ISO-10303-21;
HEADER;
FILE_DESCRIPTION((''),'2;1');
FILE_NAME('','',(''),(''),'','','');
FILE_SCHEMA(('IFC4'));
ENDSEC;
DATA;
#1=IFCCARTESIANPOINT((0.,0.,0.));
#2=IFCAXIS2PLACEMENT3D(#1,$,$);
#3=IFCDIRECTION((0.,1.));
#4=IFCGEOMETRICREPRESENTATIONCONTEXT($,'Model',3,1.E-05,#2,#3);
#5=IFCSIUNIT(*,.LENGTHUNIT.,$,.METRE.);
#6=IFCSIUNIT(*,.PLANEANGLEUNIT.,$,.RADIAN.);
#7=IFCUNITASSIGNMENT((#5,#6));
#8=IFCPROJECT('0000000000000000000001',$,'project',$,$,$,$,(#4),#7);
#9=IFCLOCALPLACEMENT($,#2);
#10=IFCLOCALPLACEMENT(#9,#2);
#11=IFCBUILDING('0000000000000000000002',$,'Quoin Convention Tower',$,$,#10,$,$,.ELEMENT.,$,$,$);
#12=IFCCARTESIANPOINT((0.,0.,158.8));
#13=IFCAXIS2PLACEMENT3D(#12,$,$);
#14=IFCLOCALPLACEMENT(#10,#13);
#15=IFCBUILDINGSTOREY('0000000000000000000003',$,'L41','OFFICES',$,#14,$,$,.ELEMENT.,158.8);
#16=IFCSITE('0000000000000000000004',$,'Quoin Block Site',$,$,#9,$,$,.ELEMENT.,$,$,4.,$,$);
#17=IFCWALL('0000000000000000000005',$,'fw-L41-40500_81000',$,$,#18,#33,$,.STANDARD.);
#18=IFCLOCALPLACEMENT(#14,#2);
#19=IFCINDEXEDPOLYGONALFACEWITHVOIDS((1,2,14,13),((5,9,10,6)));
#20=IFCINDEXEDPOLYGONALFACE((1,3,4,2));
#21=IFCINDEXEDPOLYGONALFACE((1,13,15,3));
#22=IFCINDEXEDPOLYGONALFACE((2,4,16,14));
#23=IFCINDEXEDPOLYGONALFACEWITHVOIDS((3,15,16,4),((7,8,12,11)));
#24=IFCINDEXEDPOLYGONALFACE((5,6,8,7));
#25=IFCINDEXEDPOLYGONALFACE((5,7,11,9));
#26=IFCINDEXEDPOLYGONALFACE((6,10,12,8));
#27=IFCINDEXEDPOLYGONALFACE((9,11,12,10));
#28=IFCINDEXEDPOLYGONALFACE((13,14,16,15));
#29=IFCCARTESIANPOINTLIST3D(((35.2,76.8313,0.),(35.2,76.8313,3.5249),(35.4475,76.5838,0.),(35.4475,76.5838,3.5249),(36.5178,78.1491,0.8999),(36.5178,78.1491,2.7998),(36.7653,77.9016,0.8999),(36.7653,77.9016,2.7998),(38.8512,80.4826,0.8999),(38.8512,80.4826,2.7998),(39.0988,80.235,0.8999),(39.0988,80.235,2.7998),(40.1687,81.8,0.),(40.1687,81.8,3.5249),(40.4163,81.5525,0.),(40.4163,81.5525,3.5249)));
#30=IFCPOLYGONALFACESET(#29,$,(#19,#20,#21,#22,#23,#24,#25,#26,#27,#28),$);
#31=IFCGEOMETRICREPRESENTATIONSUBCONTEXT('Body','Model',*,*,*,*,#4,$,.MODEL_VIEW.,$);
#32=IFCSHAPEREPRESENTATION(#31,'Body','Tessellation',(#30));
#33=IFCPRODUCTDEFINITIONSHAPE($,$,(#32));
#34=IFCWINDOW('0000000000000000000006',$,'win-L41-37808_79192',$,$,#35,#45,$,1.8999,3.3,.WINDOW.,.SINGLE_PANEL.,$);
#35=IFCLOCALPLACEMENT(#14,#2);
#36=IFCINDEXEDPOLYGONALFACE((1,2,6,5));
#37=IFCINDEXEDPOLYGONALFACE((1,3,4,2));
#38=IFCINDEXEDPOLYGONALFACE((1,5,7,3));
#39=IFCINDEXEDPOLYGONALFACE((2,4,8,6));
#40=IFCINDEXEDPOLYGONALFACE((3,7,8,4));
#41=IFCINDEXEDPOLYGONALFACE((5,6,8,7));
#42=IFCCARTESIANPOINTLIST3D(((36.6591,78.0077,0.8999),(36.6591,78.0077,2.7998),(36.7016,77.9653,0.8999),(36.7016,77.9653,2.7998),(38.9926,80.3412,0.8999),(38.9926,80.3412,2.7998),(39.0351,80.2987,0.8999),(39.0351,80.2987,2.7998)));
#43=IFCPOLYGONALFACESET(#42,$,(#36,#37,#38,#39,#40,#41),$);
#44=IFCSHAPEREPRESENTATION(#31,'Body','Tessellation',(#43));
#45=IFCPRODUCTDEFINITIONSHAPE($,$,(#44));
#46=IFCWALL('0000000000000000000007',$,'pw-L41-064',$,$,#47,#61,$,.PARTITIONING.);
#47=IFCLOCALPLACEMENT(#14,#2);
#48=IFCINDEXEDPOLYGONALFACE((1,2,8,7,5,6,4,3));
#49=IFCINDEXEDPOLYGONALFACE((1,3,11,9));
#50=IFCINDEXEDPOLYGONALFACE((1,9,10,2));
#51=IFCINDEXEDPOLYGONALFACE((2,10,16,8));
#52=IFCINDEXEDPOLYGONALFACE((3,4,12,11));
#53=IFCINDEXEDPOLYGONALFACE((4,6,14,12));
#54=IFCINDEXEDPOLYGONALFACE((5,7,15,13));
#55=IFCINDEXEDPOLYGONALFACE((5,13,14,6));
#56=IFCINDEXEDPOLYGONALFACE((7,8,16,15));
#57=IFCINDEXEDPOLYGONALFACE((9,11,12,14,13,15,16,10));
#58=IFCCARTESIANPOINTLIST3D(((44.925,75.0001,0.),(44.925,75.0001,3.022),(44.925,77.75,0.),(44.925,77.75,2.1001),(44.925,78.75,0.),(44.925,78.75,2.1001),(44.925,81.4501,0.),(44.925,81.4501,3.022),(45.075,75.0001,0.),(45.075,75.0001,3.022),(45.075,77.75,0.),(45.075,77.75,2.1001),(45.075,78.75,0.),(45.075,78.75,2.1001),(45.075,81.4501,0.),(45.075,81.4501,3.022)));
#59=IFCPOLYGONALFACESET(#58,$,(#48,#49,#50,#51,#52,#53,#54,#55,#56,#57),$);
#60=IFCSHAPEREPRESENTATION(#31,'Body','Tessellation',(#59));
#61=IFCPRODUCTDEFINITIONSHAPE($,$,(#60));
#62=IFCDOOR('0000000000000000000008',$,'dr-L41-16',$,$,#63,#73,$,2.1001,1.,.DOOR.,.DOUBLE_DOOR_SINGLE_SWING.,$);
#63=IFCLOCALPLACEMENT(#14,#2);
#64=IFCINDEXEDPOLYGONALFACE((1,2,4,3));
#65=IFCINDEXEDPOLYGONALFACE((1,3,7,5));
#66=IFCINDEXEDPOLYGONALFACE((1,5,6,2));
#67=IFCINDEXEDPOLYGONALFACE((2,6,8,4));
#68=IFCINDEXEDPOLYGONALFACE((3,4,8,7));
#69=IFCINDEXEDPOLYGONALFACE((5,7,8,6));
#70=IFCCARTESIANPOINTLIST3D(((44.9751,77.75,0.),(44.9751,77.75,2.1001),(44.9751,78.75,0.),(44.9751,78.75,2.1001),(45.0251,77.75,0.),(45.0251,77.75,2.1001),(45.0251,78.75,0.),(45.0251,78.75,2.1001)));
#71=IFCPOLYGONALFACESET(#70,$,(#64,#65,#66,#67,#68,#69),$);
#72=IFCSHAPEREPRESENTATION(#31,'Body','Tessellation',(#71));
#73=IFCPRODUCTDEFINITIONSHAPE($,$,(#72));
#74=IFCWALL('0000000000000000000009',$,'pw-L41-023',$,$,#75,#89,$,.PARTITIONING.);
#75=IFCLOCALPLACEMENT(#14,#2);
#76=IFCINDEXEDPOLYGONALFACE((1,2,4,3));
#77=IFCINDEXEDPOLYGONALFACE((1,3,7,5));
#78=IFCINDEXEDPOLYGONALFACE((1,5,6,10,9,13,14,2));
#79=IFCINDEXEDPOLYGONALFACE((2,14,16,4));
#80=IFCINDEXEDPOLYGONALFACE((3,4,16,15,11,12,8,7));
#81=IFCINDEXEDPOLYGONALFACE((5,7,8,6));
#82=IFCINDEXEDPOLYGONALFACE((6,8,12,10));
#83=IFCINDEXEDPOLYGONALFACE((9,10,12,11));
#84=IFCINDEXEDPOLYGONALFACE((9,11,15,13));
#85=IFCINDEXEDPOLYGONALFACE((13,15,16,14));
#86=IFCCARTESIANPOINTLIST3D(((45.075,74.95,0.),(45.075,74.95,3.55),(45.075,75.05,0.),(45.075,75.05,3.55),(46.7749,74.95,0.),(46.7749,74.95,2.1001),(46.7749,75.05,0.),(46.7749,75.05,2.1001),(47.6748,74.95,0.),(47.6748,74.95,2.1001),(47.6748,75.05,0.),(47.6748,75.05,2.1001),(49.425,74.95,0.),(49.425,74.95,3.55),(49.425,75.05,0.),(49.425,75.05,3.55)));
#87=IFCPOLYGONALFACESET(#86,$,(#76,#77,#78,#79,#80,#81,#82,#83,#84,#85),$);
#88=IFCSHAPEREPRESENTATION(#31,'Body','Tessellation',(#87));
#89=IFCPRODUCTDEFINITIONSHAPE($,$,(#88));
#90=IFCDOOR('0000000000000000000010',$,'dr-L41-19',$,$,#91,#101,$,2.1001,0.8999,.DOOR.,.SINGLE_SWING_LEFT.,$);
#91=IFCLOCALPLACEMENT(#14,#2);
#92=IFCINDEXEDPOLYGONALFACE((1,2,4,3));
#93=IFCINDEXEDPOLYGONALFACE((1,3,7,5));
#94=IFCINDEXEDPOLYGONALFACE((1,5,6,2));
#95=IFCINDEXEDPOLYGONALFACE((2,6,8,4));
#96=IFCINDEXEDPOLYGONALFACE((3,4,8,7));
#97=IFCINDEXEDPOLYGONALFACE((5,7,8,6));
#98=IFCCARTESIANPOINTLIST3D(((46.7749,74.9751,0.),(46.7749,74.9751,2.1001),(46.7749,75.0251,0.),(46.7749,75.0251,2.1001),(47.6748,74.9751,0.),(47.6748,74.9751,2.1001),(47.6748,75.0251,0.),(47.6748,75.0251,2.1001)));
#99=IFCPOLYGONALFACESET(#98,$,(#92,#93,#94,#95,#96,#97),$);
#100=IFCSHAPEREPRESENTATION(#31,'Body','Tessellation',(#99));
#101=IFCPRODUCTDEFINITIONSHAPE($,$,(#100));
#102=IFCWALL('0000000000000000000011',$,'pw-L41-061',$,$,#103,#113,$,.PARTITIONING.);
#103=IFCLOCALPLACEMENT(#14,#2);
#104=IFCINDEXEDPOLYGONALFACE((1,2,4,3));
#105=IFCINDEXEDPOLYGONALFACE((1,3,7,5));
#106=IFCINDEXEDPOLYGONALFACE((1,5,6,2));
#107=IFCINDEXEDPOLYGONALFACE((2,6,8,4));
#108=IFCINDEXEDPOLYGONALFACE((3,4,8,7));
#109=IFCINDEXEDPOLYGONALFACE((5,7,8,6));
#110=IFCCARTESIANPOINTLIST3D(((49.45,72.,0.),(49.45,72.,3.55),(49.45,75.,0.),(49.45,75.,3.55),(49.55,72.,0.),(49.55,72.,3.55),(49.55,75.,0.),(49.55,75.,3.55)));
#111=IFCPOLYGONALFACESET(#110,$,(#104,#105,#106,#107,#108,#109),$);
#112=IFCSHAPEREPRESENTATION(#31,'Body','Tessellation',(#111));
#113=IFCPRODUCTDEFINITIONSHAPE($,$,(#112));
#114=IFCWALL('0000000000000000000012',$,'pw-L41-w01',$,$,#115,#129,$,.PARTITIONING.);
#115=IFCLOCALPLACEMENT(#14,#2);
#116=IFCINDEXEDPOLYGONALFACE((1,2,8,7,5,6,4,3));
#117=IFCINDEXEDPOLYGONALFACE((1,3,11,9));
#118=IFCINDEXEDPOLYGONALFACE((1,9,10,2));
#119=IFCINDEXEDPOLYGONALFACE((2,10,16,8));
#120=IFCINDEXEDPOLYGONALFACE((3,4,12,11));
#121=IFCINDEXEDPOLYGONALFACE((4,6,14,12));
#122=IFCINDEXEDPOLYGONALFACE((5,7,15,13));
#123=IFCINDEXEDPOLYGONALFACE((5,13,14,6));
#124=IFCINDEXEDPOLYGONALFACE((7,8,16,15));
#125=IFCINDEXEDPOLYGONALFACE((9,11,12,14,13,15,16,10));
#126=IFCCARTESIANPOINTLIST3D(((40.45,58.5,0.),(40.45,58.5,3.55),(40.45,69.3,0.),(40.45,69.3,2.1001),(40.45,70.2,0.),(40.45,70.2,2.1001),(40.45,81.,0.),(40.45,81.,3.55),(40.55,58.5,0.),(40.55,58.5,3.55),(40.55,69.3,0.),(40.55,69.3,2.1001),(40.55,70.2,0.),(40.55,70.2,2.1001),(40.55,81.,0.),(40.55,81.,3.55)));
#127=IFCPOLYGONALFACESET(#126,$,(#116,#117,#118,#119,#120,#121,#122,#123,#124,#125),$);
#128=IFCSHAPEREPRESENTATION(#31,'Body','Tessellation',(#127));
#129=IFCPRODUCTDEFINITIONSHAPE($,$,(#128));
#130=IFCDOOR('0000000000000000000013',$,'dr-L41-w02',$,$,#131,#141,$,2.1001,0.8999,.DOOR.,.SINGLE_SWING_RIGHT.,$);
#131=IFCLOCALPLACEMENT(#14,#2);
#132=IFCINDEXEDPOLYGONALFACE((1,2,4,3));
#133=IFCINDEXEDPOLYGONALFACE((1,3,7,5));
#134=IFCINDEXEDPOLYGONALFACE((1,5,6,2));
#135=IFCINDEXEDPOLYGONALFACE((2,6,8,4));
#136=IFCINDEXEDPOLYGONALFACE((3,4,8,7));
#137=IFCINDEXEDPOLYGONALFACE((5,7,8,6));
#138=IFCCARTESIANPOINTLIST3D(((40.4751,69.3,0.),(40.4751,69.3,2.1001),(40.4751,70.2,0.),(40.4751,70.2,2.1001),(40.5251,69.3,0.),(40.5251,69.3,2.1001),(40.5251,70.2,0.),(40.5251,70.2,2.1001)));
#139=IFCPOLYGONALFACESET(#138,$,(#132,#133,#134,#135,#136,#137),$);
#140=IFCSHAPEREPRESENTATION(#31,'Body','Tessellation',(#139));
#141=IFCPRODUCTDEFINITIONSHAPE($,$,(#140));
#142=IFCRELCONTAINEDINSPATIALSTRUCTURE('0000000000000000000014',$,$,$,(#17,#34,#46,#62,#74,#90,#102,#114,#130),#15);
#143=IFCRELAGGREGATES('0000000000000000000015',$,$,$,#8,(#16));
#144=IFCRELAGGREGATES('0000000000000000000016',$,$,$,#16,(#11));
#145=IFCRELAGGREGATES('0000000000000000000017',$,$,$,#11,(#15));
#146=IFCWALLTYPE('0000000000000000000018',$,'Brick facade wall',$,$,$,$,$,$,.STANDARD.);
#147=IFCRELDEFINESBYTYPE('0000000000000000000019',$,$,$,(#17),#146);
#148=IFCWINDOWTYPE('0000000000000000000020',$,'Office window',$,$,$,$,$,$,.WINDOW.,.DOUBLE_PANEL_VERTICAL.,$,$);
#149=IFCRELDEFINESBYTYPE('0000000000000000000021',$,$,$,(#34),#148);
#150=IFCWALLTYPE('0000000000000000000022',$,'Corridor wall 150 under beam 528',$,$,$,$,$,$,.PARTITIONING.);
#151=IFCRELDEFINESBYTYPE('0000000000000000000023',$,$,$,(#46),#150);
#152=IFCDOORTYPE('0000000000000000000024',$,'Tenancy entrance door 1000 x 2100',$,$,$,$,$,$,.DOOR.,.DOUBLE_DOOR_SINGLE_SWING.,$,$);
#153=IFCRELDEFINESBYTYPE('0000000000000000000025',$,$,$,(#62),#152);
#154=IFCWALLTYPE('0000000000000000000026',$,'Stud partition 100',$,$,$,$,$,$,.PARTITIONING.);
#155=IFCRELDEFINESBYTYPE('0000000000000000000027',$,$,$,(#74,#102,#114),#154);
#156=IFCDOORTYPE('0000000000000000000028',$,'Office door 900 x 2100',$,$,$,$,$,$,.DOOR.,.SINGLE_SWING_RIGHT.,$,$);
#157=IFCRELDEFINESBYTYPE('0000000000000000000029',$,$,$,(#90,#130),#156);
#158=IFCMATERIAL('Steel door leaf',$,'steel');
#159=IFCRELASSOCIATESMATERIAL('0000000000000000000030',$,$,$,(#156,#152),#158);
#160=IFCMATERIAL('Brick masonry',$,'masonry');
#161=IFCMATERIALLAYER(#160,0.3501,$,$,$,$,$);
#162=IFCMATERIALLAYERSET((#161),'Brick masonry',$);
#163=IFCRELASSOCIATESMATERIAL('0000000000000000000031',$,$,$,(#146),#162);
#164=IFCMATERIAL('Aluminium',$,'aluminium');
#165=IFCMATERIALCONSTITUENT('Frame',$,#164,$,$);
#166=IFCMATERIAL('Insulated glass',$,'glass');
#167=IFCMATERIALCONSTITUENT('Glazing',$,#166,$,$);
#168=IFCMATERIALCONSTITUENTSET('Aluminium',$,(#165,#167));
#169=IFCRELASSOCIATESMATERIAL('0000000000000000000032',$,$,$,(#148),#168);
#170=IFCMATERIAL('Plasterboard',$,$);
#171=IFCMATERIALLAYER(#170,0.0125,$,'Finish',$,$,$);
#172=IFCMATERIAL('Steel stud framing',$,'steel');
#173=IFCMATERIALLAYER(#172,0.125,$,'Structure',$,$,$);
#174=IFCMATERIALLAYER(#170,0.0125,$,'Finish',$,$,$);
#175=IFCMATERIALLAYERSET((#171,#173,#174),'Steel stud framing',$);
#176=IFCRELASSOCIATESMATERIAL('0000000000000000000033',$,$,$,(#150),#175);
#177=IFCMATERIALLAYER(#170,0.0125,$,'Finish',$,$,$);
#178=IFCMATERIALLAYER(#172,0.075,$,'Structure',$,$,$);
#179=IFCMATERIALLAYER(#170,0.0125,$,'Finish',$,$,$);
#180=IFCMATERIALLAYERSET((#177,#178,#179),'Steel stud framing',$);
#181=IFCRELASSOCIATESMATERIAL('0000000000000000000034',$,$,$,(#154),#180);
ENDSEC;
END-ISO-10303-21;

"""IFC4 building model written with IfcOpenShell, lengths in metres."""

from ifc_helpers import new_model, si_unit, direction, frame, frame_2d, origin, place, context, subcontext, project, spatial, rectangle, extrude, material, layer, layer_set, constituent, constituent_set, type_object, element, fill, save


model = new_model("IFC4")

# Units and contexts
model_context = context("Model", 3, precision=1e-05, world=origin(), true_north=direction((0.0, 1.0)))
body_context = subcontext(model_context, "Body", "Model", "MODEL_VIEW")
ifc_project = project(units=[si_unit("LENGTHUNIT", "METRE"), si_unit("PLANEANGLEUNIT", "RADIAN")], contexts=[model_context])

# Site, building, storey
site_placement = place(None, origin())
site = spatial("IfcSite", under=ifc_project, at=site_placement, Name="Quoin Block Site", CompositionType="ELEMENT", RefElevation=4.0)
building_placement = place(site_placement, origin())
building = spatial("IfcBuilding", under=site, at=building_placement, Name="Quoin Convention Tower", CompositionType="ELEMENT")
storey_placement = place(building_placement, frame((0.0, 0.0, 158.8)))
storey = spatial("IfcBuildingStorey", under=building, at=storey_placement, Name="L41", Description="OFFICES", CompositionType="ELEMENT", Elevation=158.8)

# Shared definitions
ifc_material_1 = material(Name="Plasterboard")
ifc_material_2 = material(Name="Steel stud framing", Category="steel")
ifc_material_3 = material(Name="Steel door leaf", Category="steel")
door_type_1 = type_object("IfcDoorType", Name="Office door 900 x 2100", OperationType="SINGLE_SWING_RIGHT", PredefinedType="DOOR", material=ifc_material_3)

# Wall, opening, window
ifc_material_4 = material(Name="Brick masonry", Category="masonry")
ifc_layer_1 = layer(ifc_material_4, 0.3501)
ifc_layer_set_1 = layer_set([ifc_layer_1], Name="Brick masonry")
wall_type_1 = type_object("IfcWallType", Name="Brick facade wall", PredefinedType="STANDARD", material=ifc_layer_set_1)
wall_1_placement = place(storey_placement, frame((40.2925, 81.6763, 0.0), z_axis=(0.0, 0.0, 1.0), x_axis=(-0.707107, -0.707107, 0.0)))
wall_1 = element("IfcWall", 1, at=wall_1_placement, inside=storey, type_object=wall_type_1, Name="fw-L41-40500_81000", PredefinedType="STANDARD", context=body_context, shape_type="SweptSolid", body=[
    extrude(rectangle(XDim=7.0269, YDim=0.3501, at=frame_2d((3.5134, 0.0))), origin(), (0.0, 0.0, 1.0), 3.5249),
])
opening_1_placement = place(wall_1_placement, frame((1.8633, 0.0, 0.8999)))
opening_1 = element("IfcOpeningElement", 2, at=opening_1_placement, cuts=wall_1, PredefinedType="OPENING", context=body_context, shape_type="SweptSolid", body=[
    extrude(rectangle(XDim=3.3, YDim=1.8999, at=frame_2d((1.6499, 0.95))), frame((0.0, 0.1851, 0.0), z_axis=(0.0, -1.0, 0.0), x_axis=(1.0, 0.0, 0.0)), (0.0, 0.0, 1.0), 0.3701),
])
ifc_material_5 = material(Name="Aluminium", Category="aluminium")
ifc_constituent_1 = constituent(ifc_material_5, Name="Frame")
ifc_material_6 = material(Name="Insulated glass", Category="glass")
ifc_constituent_2 = constituent(ifc_material_6, Name="Glazing")
ifc_constituent_set = constituent_set(constituents=[ifc_constituent_1, ifc_constituent_2], Name="Aluminium")
window_type = type_object("IfcWindowType", Name="Office window", PartitioningType="DOUBLE_PANEL_VERTICAL", PredefinedType="WINDOW", material=ifc_constituent_set)
window_placement = place(opening_1_placement, origin())
window = element("IfcWindow", 3, at=window_placement, inside=storey, type_object=window_type, Name="win-L41-37808_79192", OverallHeight=1.8999, OverallWidth=3.3, PartitioningType="SINGLE_PANEL", PredefinedType="WINDOW", context=body_context, shape_type="SweptSolid", body=[
    extrude(rectangle(XDim=3.3, YDim=1.8999, at=frame_2d((1.6499, 0.95))), frame((0.0, 0.085, 0.0), z_axis=(0.0, -1.0, 0.0), x_axis=(1.0, 0.0, 0.0)), (0.0, 0.0, 1.0), 0.0601),
])
fill(opening_1, window)

# Walls, openings, doors
ifc_layer_2 = layer(ifc_material_1, 0.0125, Name="Finish")
ifc_layer_3 = layer(ifc_material_2, 0.125, Name="Structure")
ifc_layer_4 = layer(ifc_material_1, 0.0125, Name="Finish")
ifc_layer_set_2 = layer_set([ifc_layer_2, ifc_layer_3, ifc_layer_4], Name="Steel stud framing")
wall_type_2 = type_object("IfcWallType", Name="Corridor wall 150 under beam 528", PredefinedType="PARTITIONING", material=ifc_layer_set_2)
wall_2_placement = place(storey_placement, frame((45.0, 75.0, 0.0), z_axis=(0.0, 0.0, 1.0), x_axis=(0.0, 1.0, 0.0)))
wall_2 = element("IfcWall", 4, at=wall_2_placement, inside=storey, type_object=wall_type_2, Name="pw-L41-064", PredefinedType="PARTITIONING", context=body_context, shape_type="SweptSolid", body=[
    extrude(rectangle(XDim=6.45, YDim=0.1499, at=frame_2d((3.2251, 0.0))), origin(), (0.0, 0.0, 1.0), 3.022),
])
opening_2_placement = place(wall_2_placement, frame((2.75, 0.0, 0.0)))
opening_2 = element("IfcOpeningElement", 5, at=opening_2_placement, cuts=wall_2, PredefinedType="OPENING", context=body_context, shape_type="SweptSolid", body=[
    extrude(rectangle(XDim=1.0, YDim=2.1001, at=frame_2d((0.5, 1.05))), frame((0.0, 0.085, 0.0), z_axis=(0.0, -1.0, 0.0), x_axis=(1.0, 0.0, 0.0)), (0.0, 0.0, 1.0), 0.1699),
])
door_type_2 = type_object("IfcDoorType", Name="Tenancy entrance door 1000 x 2100", OperationType="DOUBLE_DOOR_SINGLE_SWING", PredefinedType="DOOR", material=ifc_material_3)
door_1_placement = place(opening_2_placement, origin())
door_1 = element("IfcDoor", 6, at=door_1_placement, inside=storey, type_object=door_type_2, Name="dr-L41-16", OperationType="DOUBLE_DOOR_SINGLE_SWING", OverallHeight=2.1001, OverallWidth=1.0, PredefinedType="DOOR", context=body_context, shape_type="SweptSolid", body=[
    extrude(rectangle(XDim=1.0, YDim=2.1001, at=frame_2d((0.5, 1.05))), frame((0.0, 0.0249, 0.0), z_axis=(0.0, -1.0, 0.0), x_axis=(1.0, 0.0, 0.0)), (0.0, 0.0, 1.0), 0.05),
])
fill(opening_2, door_1)
ifc_layer_5 = layer(ifc_material_1, 0.0125, Name="Finish")
ifc_layer_6 = layer(ifc_material_2, 0.075, Name="Structure")
ifc_layer_7 = layer(ifc_material_1, 0.0125, Name="Finish")
ifc_layer_set_3 = layer_set([ifc_layer_5, ifc_layer_6, ifc_layer_7], Name="Steel stud framing")
wall_type_3 = type_object("IfcWallType", Name="Stud partition 100", PredefinedType="PARTITIONING", material=ifc_layer_set_3)
wall_3_placement = place(storey_placement, frame((45.075, 75.0, 0.0), z_axis=(0.0, 0.0, 1.0), x_axis=(1.0, 0.0, 0.0)))
wall_3 = element("IfcWall", 7, at=wall_3_placement, inside=storey, type_object=wall_type_3, Name="pw-L41-023", PredefinedType="PARTITIONING", context=body_context, shape_type="SweptSolid", body=[
    extrude(rectangle(XDim=4.3501, YDim=0.1001, at=frame_2d((2.175, 0.0))), origin(), (0.0, 0.0, 1.0), 3.55),
])
opening_3_placement = place(wall_3_placement, frame((1.7, 0.0, 0.0)))
opening_3 = element("IfcOpeningElement", 8, at=opening_3_placement, cuts=wall_3, PredefinedType="OPENING", context=body_context, shape_type="SweptSolid", body=[
    extrude(rectangle(XDim=0.8999, YDim=2.1001, at=frame_2d((0.45, 1.05))), frame((0.0, 0.0601, 0.0), z_axis=(0.0, -1.0, 0.0), x_axis=(1.0, 0.0, 0.0)), (0.0, 0.0, 1.0), 0.1201),
])
door_2_placement = place(opening_3_placement, frame((0.8999, 0.0, 0.0), z_axis=(0.0, 0.0, 1.0), x_axis=(-1.0, 0.0, 0.0)))
door_2 = element("IfcDoor", 9, at=door_2_placement, inside=storey, type_object=door_type_1, Name="dr-L41-19", OperationType="SINGLE_SWING_LEFT", OverallHeight=2.1001, OverallWidth=0.8999, PredefinedType="DOOR", context=body_context, shape_type="SweptSolid", body=[
    extrude(rectangle(XDim=0.8999, YDim=2.1001, at=frame_2d((0.45, 1.05))), frame((0.0, 0.0249, 0.0), z_axis=(0.0, -1.0, 0.0), x_axis=(1.0, 0.0, 0.0)), (0.0, 0.0, 1.0), 0.05),
])
fill(opening_3, door_2)

# Wall
wall_4_placement = place(storey_placement, frame((49.5, 72.0, 0.0), z_axis=(0.0, 0.0, 1.0), x_axis=(0.0, 1.0, 0.0)))
element("IfcWall", 10, at=wall_4_placement, inside=storey, type_object=wall_type_3, Name="pw-L41-061", PredefinedType="PARTITIONING", context=body_context, shape_type="SweptSolid", body=[
    extrude(rectangle(XDim=3.0, YDim=0.1001, at=frame_2d((1.5, 0.0))), origin(), (0.0, 0.0, 1.0), 3.55),
])

# Wall, opening, door
wall_5_placement = place(storey_placement, frame((40.5, 81.0, 0.0), z_axis=(0.0, 0.0, 1.0), x_axis=(0.0, -1.0, 0.0)))
wall_5 = element("IfcWall", 11, at=wall_5_placement, inside=storey, type_object=wall_type_3, Name="pw-L41-w01", PredefinedType="PARTITIONING", context=body_context, shape_type="SweptSolid", body=[
    extrude(rectangle(XDim=22.5, YDim=0.1001, at=frame_2d((11.25, 0.0))), origin(), (0.0, 0.0, 1.0), 3.55),
])
opening_4_placement = place(wall_5_placement, frame((10.8, 0.0, 0.0)))
opening_4 = element("IfcOpeningElement", 12, at=opening_4_placement, cuts=wall_5, PredefinedType="OPENING", context=body_context, shape_type="SweptSolid", body=[
    extrude(rectangle(XDim=0.8999, YDim=2.1001, at=frame_2d((0.45, 1.05))), frame((0.0, 0.0601, 0.0), z_axis=(0.0, -1.0, 0.0), x_axis=(1.0, 0.0, 0.0)), (0.0, 0.0, 1.0), 0.1201),
])
door_3_placement = place(opening_4_placement, frame((0.8999, 0.0, 0.0), z_axis=(0.0, 0.0, 1.0), x_axis=(-1.0, 0.0, 0.0)))
door_3 = element("IfcDoor", 13, at=door_3_placement, inside=storey, type_object=door_type_1, Name="dr-L41-w02", OperationType="SINGLE_SWING_RIGHT", OverallHeight=2.1001, OverallWidth=0.8999, PredefinedType="DOOR", context=body_context, shape_type="SweptSolid", body=[
    extrude(rectangle(XDim=0.8999, YDim=2.1001, at=frame_2d((0.45, 1.05))), frame((0.0, 0.0249, 0.0), z_axis=(0.0, -1.0, 0.0), x_axis=(1.0, 0.0, 0.0)), (0.0, 0.0, 1.0), 0.05),
])
fill(opening_4, door_3)

save(model, "model.ifc")
